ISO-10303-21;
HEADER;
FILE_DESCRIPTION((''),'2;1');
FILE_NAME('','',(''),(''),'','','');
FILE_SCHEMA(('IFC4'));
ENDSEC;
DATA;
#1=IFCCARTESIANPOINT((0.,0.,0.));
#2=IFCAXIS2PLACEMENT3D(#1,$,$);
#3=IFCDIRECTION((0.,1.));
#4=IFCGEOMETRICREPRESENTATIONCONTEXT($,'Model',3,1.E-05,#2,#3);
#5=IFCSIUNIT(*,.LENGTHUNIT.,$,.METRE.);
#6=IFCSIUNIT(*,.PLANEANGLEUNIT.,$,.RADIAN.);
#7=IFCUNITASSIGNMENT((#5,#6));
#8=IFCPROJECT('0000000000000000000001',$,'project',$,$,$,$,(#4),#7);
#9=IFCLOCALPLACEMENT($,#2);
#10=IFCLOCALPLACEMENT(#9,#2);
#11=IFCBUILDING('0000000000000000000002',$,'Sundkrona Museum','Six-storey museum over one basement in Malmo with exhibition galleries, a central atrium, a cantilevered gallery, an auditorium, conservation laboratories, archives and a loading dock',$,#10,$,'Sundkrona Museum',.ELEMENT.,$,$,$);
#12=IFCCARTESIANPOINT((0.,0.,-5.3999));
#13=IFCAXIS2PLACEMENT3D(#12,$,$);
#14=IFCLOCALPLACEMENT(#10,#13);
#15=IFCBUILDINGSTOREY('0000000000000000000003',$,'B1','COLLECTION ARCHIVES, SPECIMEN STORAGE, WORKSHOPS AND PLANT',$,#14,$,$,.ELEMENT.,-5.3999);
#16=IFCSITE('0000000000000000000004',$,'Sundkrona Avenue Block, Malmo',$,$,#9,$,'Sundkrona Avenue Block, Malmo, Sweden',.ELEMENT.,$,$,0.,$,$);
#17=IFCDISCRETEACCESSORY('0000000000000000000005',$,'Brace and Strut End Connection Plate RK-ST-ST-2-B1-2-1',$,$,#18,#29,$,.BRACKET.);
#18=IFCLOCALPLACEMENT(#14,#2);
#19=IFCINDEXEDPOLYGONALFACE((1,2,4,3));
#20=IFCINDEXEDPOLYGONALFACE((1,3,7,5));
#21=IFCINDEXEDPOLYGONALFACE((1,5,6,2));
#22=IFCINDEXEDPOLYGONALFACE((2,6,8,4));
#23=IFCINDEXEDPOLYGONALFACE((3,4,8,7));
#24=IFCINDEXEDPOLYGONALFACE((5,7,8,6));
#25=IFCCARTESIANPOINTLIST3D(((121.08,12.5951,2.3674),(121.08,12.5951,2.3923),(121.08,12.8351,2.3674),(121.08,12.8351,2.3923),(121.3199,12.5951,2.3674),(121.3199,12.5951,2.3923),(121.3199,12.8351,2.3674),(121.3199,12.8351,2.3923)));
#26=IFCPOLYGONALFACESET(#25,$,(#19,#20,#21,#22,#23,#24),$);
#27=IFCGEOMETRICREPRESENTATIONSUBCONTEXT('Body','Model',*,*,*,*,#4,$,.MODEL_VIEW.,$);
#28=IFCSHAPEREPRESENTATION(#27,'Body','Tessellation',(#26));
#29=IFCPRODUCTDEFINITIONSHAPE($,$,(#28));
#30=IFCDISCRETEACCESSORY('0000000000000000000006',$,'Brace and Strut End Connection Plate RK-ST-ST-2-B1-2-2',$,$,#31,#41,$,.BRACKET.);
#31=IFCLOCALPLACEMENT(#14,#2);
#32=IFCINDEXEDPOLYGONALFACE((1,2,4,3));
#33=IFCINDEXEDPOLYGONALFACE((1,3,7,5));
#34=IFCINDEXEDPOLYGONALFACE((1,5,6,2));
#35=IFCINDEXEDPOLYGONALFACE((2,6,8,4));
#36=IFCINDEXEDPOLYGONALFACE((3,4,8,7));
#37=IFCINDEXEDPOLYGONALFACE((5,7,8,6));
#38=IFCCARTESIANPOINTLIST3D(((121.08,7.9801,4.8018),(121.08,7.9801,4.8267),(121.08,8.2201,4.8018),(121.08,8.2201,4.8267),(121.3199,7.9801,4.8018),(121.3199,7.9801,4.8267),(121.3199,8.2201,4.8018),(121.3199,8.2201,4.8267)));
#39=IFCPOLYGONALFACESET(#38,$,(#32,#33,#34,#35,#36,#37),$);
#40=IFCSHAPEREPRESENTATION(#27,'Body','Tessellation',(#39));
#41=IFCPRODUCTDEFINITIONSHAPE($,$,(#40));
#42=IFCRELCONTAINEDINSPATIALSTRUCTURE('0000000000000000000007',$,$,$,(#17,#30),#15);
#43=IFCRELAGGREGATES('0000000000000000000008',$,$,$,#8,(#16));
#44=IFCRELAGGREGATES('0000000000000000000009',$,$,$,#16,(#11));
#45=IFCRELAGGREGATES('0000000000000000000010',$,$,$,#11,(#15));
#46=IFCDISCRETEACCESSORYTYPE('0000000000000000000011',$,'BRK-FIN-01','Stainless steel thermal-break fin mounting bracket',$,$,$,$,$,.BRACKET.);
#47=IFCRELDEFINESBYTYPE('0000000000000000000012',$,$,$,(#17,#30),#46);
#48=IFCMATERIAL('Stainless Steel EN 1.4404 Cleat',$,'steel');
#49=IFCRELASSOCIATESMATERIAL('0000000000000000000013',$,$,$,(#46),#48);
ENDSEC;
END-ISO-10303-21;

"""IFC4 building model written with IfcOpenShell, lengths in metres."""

from ifc_helpers import new_model, si_unit, direction, frame, origin, origin_2d, place, context, subcontext, project, spatial, rectangle, extrude, material, type_object, element, save


model = new_model("IFC4")

# Units and contexts
model_context = context("Model", 3, precision=1e-05, world=origin(), true_north=direction((0.0, 1.0)))
body_context = subcontext(model_context, "Body", "Model", "MODEL_VIEW")
ifc_project = project(units=[si_unit("LENGTHUNIT", "METRE"), si_unit("PLANEANGLEUNIT", "RADIAN")], contexts=[model_context])

# Site, building, storey
site_placement = place(None, origin())
site = spatial("IfcSite", under=ifc_project, at=site_placement, Name="Sundkrona Avenue Block, Malmo", LongName="Sundkrona Avenue Block, Malmo, Sweden", CompositionType="ELEMENT", RefElevation=0.0)
building_placement = place(site_placement, origin())
building = spatial("IfcBuilding", under=site, at=building_placement, Name="Sundkrona Museum", Description="Six-storey museum over one basement in Malmo with exhibition galleries, a central atrium, a cantilevered gallery, an auditorium, conservation laboratories, archives and a loading dock", LongName="Sundkrona Museum", CompositionType="ELEMENT")
storey_placement = place(building_placement, frame((0.0, 0.0, -5.3999)))
storey = spatial("IfcBuildingStorey", under=building, at=storey_placement, Name="B1", Description="COLLECTION ARCHIVES, SPECIMEN STORAGE, WORKSHOPS AND PLANT", CompositionType="ELEMENT", Elevation=-5.3999)

# Discrete accessories
ifc_material_1 = material(Name="Stainless Steel EN 1.4404 Cleat", Category="steel")
discrete_accessory_type = type_object("IfcDiscreteAccessoryType", Name="BRK-FIN-01", Description="Stainless steel thermal-break fin mounting bracket", PredefinedType="BRACKET", material=ifc_material_1)
for number, where, z_axis, x_axis, name in (
    (1, (121.2, 12.7151, 2.3674), (0.0, 0.0, 1.0), (1.0, 0.0, 0.0), "Brace and Strut End Connection Plate RK-ST-ST-2-B1-2-1"),
    (2, (121.2, 8.1001, 4.8018), (0.0, 0.0, 1.0), (1.0, 0.0, 0.0), "Brace and Strut End Connection Plate RK-ST-ST-2-B1-2-2"),
):
    element("IfcDiscreteAccessory", number, at=place(storey_placement, frame(where, z_axis=z_axis, x_axis=x_axis)), inside=storey, type_object=discrete_accessory_type, Name=name, PredefinedType="BRACKET", context=body_context, shape_type="SweptSolid", body=[
        extrude(rectangle(XDim=0.24, YDim=0.24, at=origin_2d()), origin(), (0.0, 0.0, 1.0), 0.0249),
    ])

save(model, "model.ifc")
